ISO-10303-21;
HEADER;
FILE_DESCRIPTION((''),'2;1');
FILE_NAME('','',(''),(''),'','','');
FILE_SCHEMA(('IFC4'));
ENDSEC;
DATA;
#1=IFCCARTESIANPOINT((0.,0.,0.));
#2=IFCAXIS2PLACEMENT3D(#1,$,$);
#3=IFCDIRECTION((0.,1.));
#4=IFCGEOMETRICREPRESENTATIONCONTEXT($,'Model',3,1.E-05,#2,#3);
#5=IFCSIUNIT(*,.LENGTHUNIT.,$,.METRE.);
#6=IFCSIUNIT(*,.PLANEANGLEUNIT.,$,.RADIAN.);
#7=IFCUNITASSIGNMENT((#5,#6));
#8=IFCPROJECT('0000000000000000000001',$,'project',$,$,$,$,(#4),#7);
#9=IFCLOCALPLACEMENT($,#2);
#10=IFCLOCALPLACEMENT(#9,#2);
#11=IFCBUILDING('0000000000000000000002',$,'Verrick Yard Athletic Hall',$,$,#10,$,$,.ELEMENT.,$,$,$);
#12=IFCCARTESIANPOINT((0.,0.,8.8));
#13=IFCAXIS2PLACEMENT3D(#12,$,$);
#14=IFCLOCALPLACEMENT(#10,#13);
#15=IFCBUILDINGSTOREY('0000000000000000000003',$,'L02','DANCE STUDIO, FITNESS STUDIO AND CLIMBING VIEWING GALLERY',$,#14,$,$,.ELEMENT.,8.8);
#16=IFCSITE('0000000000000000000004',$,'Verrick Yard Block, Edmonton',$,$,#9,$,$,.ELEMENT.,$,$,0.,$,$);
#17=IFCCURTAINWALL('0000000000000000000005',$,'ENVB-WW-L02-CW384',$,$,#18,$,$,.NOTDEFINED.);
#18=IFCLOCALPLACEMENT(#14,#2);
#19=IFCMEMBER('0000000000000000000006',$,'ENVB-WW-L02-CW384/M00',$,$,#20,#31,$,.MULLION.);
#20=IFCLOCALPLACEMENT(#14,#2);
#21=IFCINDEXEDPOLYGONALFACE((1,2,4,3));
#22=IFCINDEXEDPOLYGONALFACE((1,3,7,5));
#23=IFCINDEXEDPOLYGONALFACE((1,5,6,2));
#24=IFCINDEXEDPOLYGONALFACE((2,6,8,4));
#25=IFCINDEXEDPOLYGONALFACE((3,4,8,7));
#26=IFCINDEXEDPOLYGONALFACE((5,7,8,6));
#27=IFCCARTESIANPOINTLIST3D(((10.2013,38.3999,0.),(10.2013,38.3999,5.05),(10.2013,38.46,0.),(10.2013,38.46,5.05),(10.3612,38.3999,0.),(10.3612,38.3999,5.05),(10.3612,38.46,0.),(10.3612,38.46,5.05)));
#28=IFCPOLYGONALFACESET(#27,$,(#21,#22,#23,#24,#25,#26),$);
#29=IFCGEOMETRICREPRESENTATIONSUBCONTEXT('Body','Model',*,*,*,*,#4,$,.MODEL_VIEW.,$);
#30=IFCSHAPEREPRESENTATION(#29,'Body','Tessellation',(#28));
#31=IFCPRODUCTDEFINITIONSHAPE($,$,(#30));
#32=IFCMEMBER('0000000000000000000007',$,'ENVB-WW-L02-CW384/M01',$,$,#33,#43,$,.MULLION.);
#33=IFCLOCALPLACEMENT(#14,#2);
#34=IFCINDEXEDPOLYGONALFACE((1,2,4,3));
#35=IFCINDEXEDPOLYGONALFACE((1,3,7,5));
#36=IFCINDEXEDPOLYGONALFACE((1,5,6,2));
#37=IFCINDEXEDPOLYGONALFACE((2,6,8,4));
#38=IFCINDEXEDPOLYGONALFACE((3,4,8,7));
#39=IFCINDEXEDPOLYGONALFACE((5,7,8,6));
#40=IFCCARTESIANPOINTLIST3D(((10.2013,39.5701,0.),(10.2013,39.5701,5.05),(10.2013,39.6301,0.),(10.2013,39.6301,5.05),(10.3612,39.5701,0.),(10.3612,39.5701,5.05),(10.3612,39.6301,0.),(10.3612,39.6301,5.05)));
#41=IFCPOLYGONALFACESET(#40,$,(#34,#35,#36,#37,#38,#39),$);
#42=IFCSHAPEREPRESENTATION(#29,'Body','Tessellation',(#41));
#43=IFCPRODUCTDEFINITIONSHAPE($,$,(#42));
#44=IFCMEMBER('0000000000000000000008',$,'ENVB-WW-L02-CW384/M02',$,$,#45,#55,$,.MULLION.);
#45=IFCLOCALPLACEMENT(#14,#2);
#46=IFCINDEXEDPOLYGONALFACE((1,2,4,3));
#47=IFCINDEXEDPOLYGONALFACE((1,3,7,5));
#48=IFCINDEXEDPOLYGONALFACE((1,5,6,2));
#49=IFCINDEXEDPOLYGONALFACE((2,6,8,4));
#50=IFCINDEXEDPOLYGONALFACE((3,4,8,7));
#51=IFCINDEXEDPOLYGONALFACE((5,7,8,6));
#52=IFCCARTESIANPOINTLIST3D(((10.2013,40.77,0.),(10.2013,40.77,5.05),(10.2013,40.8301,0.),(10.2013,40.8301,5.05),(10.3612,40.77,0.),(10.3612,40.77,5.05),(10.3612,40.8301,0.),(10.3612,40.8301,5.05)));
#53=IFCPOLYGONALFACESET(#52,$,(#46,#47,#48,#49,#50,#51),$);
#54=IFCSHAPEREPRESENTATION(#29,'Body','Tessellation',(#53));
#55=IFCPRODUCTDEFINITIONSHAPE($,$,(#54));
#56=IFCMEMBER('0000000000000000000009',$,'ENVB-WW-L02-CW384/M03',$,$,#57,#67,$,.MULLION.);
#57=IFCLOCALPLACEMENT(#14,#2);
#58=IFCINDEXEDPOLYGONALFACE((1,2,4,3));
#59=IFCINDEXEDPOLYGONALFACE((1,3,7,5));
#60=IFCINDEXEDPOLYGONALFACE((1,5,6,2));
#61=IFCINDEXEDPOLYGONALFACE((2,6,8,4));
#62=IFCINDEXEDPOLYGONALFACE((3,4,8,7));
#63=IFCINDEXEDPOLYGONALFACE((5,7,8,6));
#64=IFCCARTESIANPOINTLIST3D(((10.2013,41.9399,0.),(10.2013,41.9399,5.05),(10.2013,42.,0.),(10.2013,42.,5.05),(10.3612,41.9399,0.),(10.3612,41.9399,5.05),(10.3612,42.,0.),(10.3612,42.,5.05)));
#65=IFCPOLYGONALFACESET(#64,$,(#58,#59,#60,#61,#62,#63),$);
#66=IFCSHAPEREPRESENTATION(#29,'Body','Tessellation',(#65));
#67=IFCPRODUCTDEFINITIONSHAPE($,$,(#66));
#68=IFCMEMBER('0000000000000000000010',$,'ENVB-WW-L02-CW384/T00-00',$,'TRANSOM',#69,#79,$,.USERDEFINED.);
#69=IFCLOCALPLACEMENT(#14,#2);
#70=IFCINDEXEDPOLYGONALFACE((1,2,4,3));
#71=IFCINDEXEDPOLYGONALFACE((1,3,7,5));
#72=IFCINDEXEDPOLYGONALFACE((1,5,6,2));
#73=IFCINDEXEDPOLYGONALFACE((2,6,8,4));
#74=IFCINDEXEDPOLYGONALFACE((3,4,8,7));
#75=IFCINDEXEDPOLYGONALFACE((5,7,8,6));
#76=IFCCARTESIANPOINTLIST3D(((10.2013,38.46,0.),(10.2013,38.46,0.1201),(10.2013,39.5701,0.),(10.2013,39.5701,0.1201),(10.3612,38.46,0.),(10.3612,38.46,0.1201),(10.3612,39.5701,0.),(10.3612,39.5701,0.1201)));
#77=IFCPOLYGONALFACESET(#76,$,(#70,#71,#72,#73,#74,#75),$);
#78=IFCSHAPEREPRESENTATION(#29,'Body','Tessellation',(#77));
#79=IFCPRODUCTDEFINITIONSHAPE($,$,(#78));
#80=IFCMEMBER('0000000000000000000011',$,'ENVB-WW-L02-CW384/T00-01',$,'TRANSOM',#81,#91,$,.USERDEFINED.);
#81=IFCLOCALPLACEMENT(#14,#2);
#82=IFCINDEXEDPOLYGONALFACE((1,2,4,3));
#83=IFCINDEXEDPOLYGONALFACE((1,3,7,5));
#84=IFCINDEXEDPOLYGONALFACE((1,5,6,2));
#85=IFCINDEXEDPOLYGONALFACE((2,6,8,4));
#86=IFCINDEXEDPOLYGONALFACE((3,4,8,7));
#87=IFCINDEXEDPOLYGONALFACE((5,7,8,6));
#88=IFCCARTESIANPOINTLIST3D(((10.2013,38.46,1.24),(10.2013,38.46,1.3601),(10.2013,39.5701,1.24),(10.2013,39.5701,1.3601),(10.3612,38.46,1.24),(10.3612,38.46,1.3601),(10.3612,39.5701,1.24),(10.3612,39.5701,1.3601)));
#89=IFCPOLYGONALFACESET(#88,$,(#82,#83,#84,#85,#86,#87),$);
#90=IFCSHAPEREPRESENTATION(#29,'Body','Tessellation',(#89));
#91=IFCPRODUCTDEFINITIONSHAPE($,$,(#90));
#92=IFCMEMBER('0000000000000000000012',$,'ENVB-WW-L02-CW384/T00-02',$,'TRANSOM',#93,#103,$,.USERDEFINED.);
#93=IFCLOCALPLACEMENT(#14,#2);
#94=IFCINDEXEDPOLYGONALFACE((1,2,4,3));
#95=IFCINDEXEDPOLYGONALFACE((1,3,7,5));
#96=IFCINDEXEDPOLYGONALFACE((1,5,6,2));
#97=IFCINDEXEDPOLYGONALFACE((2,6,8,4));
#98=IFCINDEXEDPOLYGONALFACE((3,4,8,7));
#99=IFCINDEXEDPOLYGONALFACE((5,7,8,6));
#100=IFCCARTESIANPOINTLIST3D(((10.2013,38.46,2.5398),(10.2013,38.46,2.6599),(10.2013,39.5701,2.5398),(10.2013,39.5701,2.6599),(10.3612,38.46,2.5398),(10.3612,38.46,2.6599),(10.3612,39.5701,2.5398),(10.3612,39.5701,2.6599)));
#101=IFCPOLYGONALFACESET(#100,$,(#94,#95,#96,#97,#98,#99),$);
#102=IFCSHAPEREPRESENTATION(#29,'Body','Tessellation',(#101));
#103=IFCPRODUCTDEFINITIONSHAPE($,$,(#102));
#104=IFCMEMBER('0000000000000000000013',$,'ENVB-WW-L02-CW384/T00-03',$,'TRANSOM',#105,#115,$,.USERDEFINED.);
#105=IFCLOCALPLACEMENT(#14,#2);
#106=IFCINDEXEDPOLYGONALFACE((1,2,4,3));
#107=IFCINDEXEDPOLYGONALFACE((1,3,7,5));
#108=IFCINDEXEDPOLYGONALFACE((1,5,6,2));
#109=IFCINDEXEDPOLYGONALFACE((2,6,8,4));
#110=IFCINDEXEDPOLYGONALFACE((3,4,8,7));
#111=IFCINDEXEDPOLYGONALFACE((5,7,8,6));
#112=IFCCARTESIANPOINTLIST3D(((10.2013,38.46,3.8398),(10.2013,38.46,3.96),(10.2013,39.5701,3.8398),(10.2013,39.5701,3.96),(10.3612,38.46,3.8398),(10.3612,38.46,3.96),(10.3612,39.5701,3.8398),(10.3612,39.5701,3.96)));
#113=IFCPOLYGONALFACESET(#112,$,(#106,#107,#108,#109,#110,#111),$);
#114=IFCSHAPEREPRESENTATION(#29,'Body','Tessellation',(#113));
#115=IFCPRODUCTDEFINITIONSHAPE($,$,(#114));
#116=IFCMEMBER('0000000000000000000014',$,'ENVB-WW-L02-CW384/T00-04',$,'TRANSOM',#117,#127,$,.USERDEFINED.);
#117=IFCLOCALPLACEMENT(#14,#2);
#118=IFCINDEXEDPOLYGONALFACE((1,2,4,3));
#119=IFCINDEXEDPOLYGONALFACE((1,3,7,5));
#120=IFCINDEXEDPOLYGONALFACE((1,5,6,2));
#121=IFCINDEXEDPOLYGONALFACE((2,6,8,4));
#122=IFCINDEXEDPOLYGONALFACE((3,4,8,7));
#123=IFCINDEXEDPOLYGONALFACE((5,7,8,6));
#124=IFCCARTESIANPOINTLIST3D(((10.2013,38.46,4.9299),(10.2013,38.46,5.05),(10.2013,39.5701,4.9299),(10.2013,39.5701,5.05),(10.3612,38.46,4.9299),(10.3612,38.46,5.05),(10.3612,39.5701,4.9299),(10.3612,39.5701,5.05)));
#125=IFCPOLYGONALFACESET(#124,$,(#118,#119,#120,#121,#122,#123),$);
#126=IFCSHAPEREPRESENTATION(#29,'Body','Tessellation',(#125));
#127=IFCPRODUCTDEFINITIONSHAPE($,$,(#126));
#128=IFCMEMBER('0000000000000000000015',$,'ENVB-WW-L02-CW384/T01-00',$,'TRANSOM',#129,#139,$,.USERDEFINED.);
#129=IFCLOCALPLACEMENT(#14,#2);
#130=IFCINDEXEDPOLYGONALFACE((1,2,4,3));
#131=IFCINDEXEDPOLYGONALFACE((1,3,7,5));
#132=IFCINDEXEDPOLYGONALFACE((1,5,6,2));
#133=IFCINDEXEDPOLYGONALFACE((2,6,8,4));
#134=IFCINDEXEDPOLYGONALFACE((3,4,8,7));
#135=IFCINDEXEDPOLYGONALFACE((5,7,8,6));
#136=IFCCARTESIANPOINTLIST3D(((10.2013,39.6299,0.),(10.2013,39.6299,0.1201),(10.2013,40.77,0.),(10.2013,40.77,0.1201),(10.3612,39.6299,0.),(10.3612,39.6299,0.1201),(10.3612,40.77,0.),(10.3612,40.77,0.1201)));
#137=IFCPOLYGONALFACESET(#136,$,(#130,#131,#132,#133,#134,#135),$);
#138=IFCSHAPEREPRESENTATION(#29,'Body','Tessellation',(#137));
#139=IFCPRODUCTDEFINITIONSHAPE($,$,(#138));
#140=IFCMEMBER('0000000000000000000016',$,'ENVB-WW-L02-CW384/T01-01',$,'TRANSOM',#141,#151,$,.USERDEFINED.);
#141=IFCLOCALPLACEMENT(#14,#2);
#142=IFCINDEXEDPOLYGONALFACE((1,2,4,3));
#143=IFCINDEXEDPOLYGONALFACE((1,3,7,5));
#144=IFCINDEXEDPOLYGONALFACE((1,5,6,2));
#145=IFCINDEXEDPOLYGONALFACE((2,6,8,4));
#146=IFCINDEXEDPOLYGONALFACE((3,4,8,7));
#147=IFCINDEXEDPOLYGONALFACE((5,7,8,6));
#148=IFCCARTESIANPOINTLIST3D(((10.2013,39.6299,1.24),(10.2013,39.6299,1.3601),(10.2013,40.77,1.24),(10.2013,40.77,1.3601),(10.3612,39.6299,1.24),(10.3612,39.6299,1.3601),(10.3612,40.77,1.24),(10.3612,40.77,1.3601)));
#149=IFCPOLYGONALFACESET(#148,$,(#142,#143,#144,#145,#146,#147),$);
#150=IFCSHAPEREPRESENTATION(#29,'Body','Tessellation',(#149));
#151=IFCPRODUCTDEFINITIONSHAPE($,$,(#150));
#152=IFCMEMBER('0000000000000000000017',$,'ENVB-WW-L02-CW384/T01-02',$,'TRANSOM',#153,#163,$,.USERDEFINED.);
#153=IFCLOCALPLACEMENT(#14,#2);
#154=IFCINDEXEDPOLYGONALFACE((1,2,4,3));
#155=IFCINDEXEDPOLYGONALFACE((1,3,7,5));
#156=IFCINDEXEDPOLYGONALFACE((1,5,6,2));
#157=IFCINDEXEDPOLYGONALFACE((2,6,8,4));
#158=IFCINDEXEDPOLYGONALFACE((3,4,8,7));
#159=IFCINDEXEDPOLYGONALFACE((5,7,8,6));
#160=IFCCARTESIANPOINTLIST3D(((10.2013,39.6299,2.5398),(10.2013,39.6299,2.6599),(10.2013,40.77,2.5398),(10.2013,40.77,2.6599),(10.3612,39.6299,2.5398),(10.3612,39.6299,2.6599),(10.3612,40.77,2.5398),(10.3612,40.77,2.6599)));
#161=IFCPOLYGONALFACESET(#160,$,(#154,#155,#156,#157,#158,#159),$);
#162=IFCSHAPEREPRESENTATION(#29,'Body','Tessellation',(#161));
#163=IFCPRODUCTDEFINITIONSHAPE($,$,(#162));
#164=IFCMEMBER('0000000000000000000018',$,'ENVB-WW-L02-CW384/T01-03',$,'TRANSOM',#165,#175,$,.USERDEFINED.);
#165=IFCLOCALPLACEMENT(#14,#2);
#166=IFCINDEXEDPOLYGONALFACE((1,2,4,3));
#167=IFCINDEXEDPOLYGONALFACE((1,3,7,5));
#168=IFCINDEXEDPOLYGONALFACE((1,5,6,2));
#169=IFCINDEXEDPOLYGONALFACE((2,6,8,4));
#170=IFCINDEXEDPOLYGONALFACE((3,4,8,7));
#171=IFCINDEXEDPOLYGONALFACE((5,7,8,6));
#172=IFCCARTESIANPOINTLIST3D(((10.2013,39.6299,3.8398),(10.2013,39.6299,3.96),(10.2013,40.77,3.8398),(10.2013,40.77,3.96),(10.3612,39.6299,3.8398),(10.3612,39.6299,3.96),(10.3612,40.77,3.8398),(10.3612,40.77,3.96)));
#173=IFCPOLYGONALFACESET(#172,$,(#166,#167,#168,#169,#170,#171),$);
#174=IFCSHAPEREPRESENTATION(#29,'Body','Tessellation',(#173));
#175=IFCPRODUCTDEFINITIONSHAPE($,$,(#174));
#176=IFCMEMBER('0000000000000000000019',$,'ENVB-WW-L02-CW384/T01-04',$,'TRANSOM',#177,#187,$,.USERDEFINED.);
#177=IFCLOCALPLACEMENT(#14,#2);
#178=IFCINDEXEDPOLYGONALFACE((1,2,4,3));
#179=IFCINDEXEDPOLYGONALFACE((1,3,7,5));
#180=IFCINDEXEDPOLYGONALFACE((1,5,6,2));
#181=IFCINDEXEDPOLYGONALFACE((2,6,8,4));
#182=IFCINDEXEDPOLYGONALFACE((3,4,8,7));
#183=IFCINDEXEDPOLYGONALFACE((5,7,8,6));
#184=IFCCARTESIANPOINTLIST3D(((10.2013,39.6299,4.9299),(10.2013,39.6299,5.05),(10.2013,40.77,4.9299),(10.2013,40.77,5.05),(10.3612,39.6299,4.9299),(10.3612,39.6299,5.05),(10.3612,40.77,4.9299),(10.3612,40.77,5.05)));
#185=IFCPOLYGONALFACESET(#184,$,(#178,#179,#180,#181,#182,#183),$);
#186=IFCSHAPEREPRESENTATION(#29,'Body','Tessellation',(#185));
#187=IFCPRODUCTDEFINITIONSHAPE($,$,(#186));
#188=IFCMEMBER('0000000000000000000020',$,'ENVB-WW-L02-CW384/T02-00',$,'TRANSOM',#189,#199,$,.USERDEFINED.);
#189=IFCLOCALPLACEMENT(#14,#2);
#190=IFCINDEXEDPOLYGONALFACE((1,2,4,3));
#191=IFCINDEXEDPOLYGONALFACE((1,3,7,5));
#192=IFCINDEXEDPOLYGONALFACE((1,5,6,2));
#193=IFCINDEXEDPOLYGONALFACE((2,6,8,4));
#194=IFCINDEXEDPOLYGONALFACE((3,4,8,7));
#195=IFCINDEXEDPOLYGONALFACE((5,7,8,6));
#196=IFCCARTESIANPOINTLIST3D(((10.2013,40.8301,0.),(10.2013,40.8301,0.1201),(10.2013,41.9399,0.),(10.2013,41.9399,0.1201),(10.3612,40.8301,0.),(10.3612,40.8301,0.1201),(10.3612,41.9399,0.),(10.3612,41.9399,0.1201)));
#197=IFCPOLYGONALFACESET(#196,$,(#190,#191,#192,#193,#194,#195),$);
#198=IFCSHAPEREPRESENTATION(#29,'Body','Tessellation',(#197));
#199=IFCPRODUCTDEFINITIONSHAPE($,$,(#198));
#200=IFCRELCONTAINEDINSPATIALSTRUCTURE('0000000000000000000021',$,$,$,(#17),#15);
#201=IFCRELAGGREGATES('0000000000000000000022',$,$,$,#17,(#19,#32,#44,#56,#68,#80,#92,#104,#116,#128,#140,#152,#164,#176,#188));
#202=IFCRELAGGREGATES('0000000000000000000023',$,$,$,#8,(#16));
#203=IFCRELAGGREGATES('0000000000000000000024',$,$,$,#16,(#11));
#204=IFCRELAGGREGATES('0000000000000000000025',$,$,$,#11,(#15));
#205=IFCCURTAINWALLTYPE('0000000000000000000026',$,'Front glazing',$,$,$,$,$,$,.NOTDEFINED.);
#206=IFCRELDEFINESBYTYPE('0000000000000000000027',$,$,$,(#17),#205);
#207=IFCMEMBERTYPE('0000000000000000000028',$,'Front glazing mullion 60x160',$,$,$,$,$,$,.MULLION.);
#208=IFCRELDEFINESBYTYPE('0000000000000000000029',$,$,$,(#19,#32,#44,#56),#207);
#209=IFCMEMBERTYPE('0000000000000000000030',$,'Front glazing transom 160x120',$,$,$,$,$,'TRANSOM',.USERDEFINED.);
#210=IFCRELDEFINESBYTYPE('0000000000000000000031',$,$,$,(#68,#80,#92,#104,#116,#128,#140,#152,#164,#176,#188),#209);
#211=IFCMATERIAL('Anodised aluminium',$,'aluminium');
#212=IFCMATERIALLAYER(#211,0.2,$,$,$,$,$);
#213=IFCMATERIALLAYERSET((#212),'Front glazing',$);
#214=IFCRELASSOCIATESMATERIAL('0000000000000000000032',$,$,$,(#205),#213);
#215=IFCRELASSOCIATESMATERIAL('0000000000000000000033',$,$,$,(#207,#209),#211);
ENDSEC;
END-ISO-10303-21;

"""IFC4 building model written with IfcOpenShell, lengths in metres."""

from ifc_helpers import new_model, si_unit, direction, frame, origin, origin_2d, place, context, subcontext, project, spatial, rectangle, extrude, material, layer, layer_set, material_profile, profile_set, type_object, element, aggregate, save


model = new_model("IFC4")

# Units and contexts
model_context = context("Model", 3, precision=1e-05, world=origin(), true_north=direction((0.0, 1.0)))
body_context = subcontext(model_context, "Body", "Model", "MODEL_VIEW")
ifc_project = project(units=[si_unit("LENGTHUNIT", "METRE"), si_unit("PLANEANGLEUNIT", "RADIAN")], contexts=[model_context])

# Site, building, storey
site_placement = place(None, origin())
site = spatial("IfcSite", under=ifc_project, at=site_placement, Name="Verrick Yard Block, Edmonton", CompositionType="ELEMENT", RefElevation=0.0)
building_placement = place(site_placement, origin())
building = spatial("IfcBuilding", under=site, at=building_placement, Name="Verrick Yard Athletic Hall", CompositionType="ELEMENT")
storey_placement = place(building_placement, frame((0.0, 0.0, 8.8)))
storey = spatial("IfcBuildingStorey", under=building, at=storey_placement, Name="L02", Description="DANCE STUDIO, FITNESS STUDIO AND CLIMBING VIEWING GALLERY", CompositionType="ELEMENT", Elevation=8.8)

# Curtain wall, members
ifc_material_1 = material(Name="Anodised aluminium", Category="aluminium")
ifc_layer_1 = layer(ifc_material_1, 0.2)
ifc_layer_set_1 = layer_set([ifc_layer_1], Name="Front glazing")
curtain_wall_type = type_object("IfcCurtainWallType", Name="Front glazing", PredefinedType="NOTDEFINED", material=ifc_layer_set_1)
curtain_wall_placement = place(storey_placement, origin())
curtain_wall = element("IfcCurtainWall", 1, at=curtain_wall_placement, inside=storey, type_object=curtain_wall_type, Name="ENVB-WW-L02-CW384", PredefinedType="NOTDEFINED")
ifc_material_profile_1 = material_profile(ifc_material_1, rectangle(XDim=0.1599, YDim=0.0601, at=origin_2d()), Name="CW mullion 60x160")
ifc_profile_set_1 = profile_set([ifc_material_profile_1], Name="Anodised aluminium")
member_type_1 = type_object("IfcMemberType", Name="Front glazing mullion 60x160", PredefinedType="MULLION", material=ifc_profile_set_1)
member_1_placement = place(storey_placement, frame((10.2812, 38.4299, 0.0), z_axis=(0.0, 0.0, 1.0), x_axis=(-1.0, 0.0, 0.0)))
member_1 = element("IfcMember", 2, at=member_1_placement, type_object=member_type_1, Name="ENVB-WW-L02-CW384/M00", PredefinedType="MULLION", context=body_context, shape_type="SweptSolid", body=[
    extrude(rectangle(XDim=0.1599, YDim=0.0601, at=origin_2d()), origin(), (0.0, 0.0, 1.0), 5.05),
])
member_2_placement = place(storey_placement, frame((10.2812, 39.6001, 0.0), z_axis=(0.0, 0.0, 1.0), x_axis=(-1.0, 0.0, 0.0)))
member_2 = element("IfcMember", 3, at=member_2_placement, type_object=member_type_1, Name="ENVB-WW-L02-CW384/M01", PredefinedType="MULLION", context=body_context, shape_type="SweptSolid", body=[
    extrude(rectangle(XDim=0.1599, YDim=0.0601, at=origin_2d()), origin(), (0.0, 0.0, 1.0), 5.05),
])
member_3_placement = place(storey_placement, frame((10.2812, 40.8, 0.0), z_axis=(0.0, 0.0, 1.0), x_axis=(-1.0, 0.0, 0.0)))
member_3 = element("IfcMember", 4, at=member_3_placement, type_object=member_type_1, Name="ENVB-WW-L02-CW384/M02", PredefinedType="MULLION", context=body_context, shape_type="SweptSolid", body=[
    extrude(rectangle(XDim=0.1599, YDim=0.0601, at=origin_2d()), origin(), (0.0, 0.0, 1.0), 5.05),
])
member_4_placement = place(storey_placement, frame((10.2812, 41.97, 0.0), z_axis=(0.0, 0.0, 1.0), x_axis=(-1.0, 0.0, 0.0)))
member_4 = element("IfcMember", 5, at=member_4_placement, type_object=member_type_1, Name="ENVB-WW-L02-CW384/M03", PredefinedType="MULLION", context=body_context, shape_type="SweptSolid", body=[
    extrude(rectangle(XDim=0.1599, YDim=0.0601, at=origin_2d()), origin(), (0.0, 0.0, 1.0), 5.05),
])
ifc_material_profile_2 = material_profile(ifc_material_1, rectangle(XDim=0.1599, YDim=0.1201, at=origin_2d()), Name="CW transom 160x120")
ifc_profile_set_2 = profile_set([ifc_material_profile_2], Name="Anodised aluminium")
member_type_2 = type_object("IfcMemberType", Name="Front glazing transom 160x120", ElementType="TRANSOM", PredefinedType="USERDEFINED", material=ifc_profile_set_2)
member_5_placement = place(storey_placement, frame((10.2812, 38.46, 0.0601), z_axis=(0.0, 1.0, 0.0), x_axis=(-1.0, 0.0, 0.0)))
member_5 = element("IfcMember", 6, at=member_5_placement, type_object=member_type_2, Name="ENVB-WW-L02-CW384/T00-00", ObjectType="TRANSOM", PredefinedType="USERDEFINED", context=body_context, shape_type="SweptSolid", body=[
    extrude(rectangle(XDim=0.1599, YDim=0.1201, at=origin_2d()), origin(), (0.0, 0.0, 1.0), 1.1101),
])
member_6_placement = place(storey_placement, frame((10.2812, 38.46, 1.3), z_axis=(0.0, 1.0, 0.0), x_axis=(-1.0, 0.0, 0.0)))
member_6 = element("IfcMember", 7, at=member_6_placement, type_object=member_type_2, Name="ENVB-WW-L02-CW384/T00-01", ObjectType="TRANSOM", PredefinedType="USERDEFINED", context=body_context, shape_type="SweptSolid", body=[
    extrude(rectangle(XDim=0.1599, YDim=0.1201, at=origin_2d()), origin(), (0.0, 0.0, 1.0), 1.1101),
])
member_7_placement = place(storey_placement, frame((10.2812, 38.46, 2.5999), z_axis=(0.0, 1.0, 0.0), x_axis=(-1.0, 0.0, 0.0)))
member_7 = element("IfcMember", 8, at=member_7_placement, type_object=member_type_2, Name="ENVB-WW-L02-CW384/T00-02", ObjectType="TRANSOM", PredefinedType="USERDEFINED", context=body_context, shape_type="SweptSolid", body=[
    extrude(rectangle(XDim=0.1599, YDim=0.1201, at=origin_2d()), origin(), (0.0, 0.0, 1.0), 1.1101),
])
member_8_placement = place(storey_placement, frame((10.2812, 38.46, 3.8999), z_axis=(0.0, 1.0, 0.0), x_axis=(-1.0, 0.0, 0.0)))
member_8 = element("IfcMember", 9, at=member_8_placement, type_object=member_type_2, Name="ENVB-WW-L02-CW384/T00-03", ObjectType="TRANSOM", PredefinedType="USERDEFINED", context=body_context, shape_type="SweptSolid", body=[
    extrude(rectangle(XDim=0.1599, YDim=0.1201, at=origin_2d()), origin(), (0.0, 0.0, 1.0), 1.1101),
])
member_9_placement = place(storey_placement, frame((10.2812, 38.46, 4.99), z_axis=(0.0, 1.0, 0.0), x_axis=(-1.0, 0.0, 0.0)))
member_9 = element("IfcMember", 10, at=member_9_placement, type_object=member_type_2, Name="ENVB-WW-L02-CW384/T00-04", ObjectType="TRANSOM", PredefinedType="USERDEFINED", context=body_context, shape_type="SweptSolid", body=[
    extrude(rectangle(XDim=0.1599, YDim=0.1201, at=origin_2d()), origin(), (0.0, 0.0, 1.0), 1.1101),
])
member_10_placement = place(storey_placement, frame((10.2812, 39.6299, 0.0601), z_axis=(0.0, 1.0, 0.0), x_axis=(-1.0, 0.0, 0.0)))
member_10 = element("IfcMember", 11, at=member_10_placement, type_object=member_type_2, Name="ENVB-WW-L02-CW384/T01-00", ObjectType="TRANSOM", PredefinedType="USERDEFINED", context=body_context, shape_type="SweptSolid", body=[
    extrude(rectangle(XDim=0.1599, YDim=0.1201, at=origin_2d()), origin(), (0.0, 0.0, 1.0), 1.1401),
])
member_11_placement = place(storey_placement, frame((10.2812, 39.6299, 1.3), z_axis=(0.0, 1.0, 0.0), x_axis=(-1.0, 0.0, 0.0)))
member_11 = element("IfcMember", 12, at=member_11_placement, type_object=member_type_2, Name="ENVB-WW-L02-CW384/T01-01", ObjectType="TRANSOM", PredefinedType="USERDEFINED", context=body_context, shape_type="SweptSolid", body=[
    extrude(rectangle(XDim=0.1599, YDim=0.1201, at=origin_2d()), origin(), (0.0, 0.0, 1.0), 1.1401),
])
member_12_placement = place(storey_placement, frame((10.2812, 39.6299, 2.5999), z_axis=(0.0, 1.0, 0.0), x_axis=(-1.0, 0.0, 0.0)))
member_12 = element("IfcMember", 13, at=member_12_placement, type_object=member_type_2, Name="ENVB-WW-L02-CW384/T01-02", ObjectType="TRANSOM", PredefinedType="USERDEFINED", context=body_context, shape_type="SweptSolid", body=[
    extrude(rectangle(XDim=0.1599, YDim=0.1201, at=origin_2d()), origin(), (0.0, 0.0, 1.0), 1.1401),
])
member_13_placement = place(storey_placement, frame((10.2812, 39.6299, 3.8999), z_axis=(0.0, 1.0, 0.0), x_axis=(-1.0, 0.0, 0.0)))
member_13 = element("IfcMember", 14, at=member_13_placement, type_object=member_type_2, Name="ENVB-WW-L02-CW384/T01-03", ObjectType="TRANSOM", PredefinedType="USERDEFINED", context=body_context, shape_type="SweptSolid", body=[
    extrude(rectangle(XDim=0.1599, YDim=0.1201, at=origin_2d()), origin(), (0.0, 0.0, 1.0), 1.1401),
])
member_14_placement = place(storey_placement, frame((10.2812, 39.6299, 4.99), z_axis=(0.0, 1.0, 0.0), x_axis=(-1.0, 0.0, 0.0)))
member_14 = element("IfcMember", 15, at=member_14_placement, type_object=member_type_2, Name="ENVB-WW-L02-CW384/T01-04", ObjectType="TRANSOM", PredefinedType="USERDEFINED", context=body_context, shape_type="SweptSolid", body=[
    extrude(rectangle(XDim=0.1599, YDim=0.1201, at=origin_2d()), origin(), (0.0, 0.0, 1.0), 1.1401),
])
member_15_placement = place(storey_placement, frame((10.2812, 40.8301, 0.0601), z_axis=(0.0, 1.0, 0.0), x_axis=(-1.0, 0.0, 0.0)))
member_15 = element("IfcMember", 16, at=member_15_placement, type_object=member_type_2, Name="ENVB-WW-L02-CW384/T02-00", ObjectType="TRANSOM", PredefinedType="USERDEFINED", context=body_context, shape_type="SweptSolid", body=[
    extrude(rectangle(XDim=0.1599, YDim=0.1201, at=origin_2d()), origin(), (0.0, 0.0, 1.0), 1.1099),
])
aggregate(curtain_wall, [member_1, member_2, member_3, member_4, member_5, member_6, member_7, member_8, member_9, member_10, member_11, member_12, member_13, member_14, member_15])

save(model, "model.ifc")
